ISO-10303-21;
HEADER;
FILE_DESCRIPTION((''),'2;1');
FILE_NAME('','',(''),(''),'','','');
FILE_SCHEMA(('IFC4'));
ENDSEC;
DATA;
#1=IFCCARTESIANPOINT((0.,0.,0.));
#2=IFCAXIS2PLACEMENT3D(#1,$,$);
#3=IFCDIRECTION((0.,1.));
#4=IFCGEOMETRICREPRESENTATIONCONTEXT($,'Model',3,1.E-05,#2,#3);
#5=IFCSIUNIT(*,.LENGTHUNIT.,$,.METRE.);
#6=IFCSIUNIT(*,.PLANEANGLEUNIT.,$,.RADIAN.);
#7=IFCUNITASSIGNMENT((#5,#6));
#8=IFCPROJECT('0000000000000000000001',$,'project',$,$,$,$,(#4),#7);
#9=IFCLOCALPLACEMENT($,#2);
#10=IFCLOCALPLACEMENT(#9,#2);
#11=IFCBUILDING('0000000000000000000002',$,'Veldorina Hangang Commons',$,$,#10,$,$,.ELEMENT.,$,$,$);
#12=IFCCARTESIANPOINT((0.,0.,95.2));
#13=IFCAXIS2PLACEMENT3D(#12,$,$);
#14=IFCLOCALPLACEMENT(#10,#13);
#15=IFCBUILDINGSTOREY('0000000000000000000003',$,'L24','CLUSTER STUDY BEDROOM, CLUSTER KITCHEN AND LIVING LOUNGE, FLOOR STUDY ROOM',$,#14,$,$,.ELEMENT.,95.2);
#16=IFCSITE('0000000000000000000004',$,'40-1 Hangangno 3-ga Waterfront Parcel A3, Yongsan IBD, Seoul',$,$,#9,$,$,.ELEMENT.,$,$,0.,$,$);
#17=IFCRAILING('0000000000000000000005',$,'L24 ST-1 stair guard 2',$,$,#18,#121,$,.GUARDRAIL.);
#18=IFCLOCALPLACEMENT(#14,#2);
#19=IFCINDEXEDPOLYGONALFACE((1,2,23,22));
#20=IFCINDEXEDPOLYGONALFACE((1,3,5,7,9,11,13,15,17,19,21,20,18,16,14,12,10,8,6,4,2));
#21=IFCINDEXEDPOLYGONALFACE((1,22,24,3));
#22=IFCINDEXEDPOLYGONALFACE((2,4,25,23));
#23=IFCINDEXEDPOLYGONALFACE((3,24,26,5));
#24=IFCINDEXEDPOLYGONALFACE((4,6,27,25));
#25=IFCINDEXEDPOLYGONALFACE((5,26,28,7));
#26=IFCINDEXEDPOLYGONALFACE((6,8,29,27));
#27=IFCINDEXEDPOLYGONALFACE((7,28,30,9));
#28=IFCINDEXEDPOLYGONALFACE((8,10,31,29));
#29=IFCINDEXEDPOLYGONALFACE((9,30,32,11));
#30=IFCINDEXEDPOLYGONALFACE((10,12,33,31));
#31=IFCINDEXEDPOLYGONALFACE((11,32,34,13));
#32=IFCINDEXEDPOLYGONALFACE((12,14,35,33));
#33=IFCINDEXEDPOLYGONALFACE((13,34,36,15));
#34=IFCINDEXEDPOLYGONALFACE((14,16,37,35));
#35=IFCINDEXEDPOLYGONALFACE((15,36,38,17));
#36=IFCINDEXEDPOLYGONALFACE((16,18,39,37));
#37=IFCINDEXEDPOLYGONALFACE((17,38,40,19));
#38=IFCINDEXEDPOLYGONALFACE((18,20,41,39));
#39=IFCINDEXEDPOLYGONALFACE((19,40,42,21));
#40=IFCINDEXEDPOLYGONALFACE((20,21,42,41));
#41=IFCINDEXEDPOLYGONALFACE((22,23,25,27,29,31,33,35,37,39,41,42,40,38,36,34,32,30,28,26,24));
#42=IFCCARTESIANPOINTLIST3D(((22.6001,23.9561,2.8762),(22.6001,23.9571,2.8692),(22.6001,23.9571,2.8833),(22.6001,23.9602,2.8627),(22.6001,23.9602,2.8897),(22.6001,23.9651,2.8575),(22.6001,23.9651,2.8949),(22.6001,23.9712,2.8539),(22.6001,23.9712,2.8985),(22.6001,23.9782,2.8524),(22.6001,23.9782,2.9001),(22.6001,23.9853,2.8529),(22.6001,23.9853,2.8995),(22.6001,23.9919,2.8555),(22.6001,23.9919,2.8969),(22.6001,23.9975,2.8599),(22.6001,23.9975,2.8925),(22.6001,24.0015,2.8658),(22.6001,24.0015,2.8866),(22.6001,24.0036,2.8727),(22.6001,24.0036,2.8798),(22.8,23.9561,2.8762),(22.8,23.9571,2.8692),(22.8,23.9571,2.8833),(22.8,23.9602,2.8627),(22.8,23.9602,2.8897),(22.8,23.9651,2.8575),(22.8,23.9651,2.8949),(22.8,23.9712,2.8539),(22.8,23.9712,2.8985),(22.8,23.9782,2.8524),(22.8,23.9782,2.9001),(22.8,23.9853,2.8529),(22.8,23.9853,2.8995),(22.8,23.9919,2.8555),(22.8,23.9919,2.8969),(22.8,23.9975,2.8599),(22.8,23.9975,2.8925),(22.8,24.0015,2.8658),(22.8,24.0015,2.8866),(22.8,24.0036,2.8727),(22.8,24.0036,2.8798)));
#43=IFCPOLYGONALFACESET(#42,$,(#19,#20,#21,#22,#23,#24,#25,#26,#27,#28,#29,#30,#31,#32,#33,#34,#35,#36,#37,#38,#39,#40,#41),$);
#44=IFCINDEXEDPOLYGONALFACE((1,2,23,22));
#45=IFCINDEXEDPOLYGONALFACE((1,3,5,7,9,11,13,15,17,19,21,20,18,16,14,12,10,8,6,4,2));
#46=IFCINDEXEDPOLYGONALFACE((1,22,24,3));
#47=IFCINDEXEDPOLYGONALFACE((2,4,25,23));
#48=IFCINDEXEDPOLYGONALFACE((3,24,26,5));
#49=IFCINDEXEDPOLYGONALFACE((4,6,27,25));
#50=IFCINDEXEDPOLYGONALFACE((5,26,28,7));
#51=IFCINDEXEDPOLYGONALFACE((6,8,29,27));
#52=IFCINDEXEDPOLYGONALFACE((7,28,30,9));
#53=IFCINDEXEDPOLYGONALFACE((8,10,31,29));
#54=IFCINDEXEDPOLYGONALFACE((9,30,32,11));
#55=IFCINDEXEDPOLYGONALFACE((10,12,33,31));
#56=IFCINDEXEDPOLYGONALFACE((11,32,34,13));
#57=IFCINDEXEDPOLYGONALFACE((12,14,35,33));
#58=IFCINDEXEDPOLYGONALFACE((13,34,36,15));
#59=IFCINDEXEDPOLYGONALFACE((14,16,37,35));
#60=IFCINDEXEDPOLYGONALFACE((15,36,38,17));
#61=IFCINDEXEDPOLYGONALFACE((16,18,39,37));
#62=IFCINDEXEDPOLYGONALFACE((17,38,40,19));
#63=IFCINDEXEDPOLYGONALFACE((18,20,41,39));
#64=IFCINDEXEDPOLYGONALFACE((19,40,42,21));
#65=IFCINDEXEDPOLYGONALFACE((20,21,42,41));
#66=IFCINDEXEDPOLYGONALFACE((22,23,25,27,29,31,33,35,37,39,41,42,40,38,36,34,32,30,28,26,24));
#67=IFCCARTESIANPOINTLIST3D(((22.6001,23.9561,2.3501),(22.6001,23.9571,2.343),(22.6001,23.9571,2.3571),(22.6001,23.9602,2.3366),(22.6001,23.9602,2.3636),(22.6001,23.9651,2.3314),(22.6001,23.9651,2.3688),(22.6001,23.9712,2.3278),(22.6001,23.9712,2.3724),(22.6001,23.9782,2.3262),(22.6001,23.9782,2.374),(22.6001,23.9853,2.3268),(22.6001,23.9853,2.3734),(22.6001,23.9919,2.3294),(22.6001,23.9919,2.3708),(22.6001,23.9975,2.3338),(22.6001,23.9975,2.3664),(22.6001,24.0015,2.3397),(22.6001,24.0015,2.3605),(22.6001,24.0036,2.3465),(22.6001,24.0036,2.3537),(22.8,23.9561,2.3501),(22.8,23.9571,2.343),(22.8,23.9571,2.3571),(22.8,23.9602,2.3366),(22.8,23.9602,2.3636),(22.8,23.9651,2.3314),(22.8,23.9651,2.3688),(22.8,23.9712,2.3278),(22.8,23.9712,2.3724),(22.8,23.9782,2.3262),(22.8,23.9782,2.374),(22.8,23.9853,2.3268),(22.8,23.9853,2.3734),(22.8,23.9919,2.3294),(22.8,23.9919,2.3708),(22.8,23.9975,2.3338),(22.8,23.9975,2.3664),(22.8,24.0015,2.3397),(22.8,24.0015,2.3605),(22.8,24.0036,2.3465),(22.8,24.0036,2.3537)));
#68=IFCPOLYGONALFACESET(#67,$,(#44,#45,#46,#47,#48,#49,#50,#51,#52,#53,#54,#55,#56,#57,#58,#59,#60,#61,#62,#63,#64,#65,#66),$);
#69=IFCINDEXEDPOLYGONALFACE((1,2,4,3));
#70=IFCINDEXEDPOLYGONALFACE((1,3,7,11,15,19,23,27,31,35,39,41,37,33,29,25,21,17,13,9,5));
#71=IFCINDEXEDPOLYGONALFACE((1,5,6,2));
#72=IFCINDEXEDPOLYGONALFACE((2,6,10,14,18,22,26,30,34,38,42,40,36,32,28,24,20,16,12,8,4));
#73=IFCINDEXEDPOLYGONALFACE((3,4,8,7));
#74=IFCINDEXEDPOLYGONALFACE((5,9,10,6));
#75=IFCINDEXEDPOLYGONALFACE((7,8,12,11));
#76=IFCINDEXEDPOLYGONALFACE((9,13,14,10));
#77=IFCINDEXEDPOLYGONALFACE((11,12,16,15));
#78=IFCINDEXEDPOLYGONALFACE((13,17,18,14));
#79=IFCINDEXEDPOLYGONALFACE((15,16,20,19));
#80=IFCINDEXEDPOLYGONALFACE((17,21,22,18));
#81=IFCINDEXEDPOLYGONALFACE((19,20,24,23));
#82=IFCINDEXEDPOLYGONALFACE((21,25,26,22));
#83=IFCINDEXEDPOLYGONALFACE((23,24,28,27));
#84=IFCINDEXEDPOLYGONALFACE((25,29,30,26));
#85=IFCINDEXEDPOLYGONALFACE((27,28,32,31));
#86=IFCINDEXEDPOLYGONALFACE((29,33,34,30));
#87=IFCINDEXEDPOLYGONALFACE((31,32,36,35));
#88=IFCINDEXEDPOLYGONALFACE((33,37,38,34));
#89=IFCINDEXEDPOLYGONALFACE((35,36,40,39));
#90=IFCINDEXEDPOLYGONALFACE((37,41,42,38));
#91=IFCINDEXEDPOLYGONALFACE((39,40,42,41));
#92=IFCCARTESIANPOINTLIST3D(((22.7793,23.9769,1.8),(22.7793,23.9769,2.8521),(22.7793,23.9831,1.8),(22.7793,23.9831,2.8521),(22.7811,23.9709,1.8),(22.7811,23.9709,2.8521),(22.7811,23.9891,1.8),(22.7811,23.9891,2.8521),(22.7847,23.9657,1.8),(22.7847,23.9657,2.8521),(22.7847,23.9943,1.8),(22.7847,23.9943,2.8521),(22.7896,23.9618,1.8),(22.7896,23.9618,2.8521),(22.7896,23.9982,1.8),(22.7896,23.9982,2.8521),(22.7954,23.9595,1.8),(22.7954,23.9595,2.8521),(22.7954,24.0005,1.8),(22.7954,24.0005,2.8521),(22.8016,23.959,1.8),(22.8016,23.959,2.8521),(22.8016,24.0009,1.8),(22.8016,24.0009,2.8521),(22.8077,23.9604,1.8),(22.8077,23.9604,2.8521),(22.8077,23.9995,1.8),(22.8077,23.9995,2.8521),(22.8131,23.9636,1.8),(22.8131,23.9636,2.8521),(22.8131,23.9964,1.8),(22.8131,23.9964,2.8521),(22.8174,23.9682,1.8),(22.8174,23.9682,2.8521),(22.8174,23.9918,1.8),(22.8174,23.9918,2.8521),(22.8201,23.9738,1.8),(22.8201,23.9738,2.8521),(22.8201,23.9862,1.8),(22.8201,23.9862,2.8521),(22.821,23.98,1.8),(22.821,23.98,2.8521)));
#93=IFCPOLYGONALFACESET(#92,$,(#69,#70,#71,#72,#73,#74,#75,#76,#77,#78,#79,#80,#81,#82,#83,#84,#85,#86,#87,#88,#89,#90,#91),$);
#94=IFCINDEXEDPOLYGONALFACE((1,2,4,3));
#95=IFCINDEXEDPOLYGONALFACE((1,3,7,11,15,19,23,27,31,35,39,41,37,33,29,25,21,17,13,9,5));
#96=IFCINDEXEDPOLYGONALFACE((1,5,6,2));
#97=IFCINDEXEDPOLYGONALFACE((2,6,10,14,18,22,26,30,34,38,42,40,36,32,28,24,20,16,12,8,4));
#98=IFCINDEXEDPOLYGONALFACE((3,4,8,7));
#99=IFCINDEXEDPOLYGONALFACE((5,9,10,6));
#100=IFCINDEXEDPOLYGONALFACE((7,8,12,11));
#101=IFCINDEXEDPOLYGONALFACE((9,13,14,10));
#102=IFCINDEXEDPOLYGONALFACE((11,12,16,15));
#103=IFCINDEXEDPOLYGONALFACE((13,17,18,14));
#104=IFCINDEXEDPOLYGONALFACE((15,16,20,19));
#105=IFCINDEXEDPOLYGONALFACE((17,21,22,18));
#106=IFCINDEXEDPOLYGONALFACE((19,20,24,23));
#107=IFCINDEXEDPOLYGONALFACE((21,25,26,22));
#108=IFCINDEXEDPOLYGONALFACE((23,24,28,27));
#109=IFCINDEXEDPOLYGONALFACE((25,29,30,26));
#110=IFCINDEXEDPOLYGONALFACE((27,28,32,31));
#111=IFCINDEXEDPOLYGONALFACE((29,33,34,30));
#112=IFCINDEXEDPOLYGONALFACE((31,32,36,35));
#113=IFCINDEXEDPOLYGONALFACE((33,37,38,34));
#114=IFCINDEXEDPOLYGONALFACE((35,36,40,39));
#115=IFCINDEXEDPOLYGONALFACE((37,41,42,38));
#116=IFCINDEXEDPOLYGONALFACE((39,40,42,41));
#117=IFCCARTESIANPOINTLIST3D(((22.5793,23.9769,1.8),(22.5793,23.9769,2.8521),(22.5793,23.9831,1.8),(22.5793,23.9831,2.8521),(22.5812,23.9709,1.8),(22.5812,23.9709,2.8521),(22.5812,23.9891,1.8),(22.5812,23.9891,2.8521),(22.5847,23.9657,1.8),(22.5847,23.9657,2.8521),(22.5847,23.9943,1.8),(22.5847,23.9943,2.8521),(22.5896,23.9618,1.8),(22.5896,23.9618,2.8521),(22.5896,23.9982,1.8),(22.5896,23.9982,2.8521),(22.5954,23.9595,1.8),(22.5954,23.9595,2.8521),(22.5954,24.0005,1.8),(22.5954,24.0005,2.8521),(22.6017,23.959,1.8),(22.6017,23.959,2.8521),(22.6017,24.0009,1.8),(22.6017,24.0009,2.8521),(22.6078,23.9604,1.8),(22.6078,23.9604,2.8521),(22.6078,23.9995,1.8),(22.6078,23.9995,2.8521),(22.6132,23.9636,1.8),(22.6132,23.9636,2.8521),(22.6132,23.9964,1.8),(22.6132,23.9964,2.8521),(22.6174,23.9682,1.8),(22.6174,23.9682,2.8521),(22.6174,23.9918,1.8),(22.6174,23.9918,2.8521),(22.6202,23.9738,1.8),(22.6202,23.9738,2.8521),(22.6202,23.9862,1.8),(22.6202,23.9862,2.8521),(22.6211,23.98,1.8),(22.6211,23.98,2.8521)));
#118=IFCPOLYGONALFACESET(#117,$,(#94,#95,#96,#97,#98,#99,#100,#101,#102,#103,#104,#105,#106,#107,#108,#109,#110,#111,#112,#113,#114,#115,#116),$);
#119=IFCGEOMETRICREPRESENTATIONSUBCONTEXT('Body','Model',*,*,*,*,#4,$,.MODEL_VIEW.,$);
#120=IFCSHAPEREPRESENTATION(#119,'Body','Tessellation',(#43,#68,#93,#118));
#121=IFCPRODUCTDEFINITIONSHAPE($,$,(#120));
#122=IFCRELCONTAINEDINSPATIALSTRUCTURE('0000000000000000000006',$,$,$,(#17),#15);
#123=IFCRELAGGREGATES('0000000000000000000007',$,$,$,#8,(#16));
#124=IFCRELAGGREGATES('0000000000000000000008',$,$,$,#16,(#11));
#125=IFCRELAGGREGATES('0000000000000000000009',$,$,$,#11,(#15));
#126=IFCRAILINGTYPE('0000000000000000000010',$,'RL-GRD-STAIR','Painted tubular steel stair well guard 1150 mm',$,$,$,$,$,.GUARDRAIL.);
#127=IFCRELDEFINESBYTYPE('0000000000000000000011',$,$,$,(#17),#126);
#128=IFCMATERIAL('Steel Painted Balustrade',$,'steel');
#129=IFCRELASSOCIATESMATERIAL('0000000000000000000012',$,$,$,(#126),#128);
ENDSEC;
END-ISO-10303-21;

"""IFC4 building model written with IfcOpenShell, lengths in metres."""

from ifc_helpers import new_model, si_unit, direction, frame, origin, origin_2d, place, context, subcontext, project, spatial, circle, extrude, material, type_object, element, save


model = new_model("IFC4")

# Units and contexts
model_context = context("Model", 3, precision=1e-05, world=origin(), true_north=direction((0.0, 1.0)))
body_context = subcontext(model_context, "Body", "Model", "MODEL_VIEW")
ifc_project = project(units=[si_unit("LENGTHUNIT", "METRE"), si_unit("PLANEANGLEUNIT", "RADIAN")], contexts=[model_context])

# Site, building, storey
site_placement = place(None, origin())
site = spatial("IfcSite", under=ifc_project, at=site_placement, Name="40-1 Hangangno 3-ga Waterfront Parcel A3, Yongsan IBD, Seoul", CompositionType="ELEMENT", RefElevation=0.0)
building_placement = place(site_placement, origin())
building = spatial("IfcBuilding", under=site, at=building_placement, Name="Veldorina Hangang Commons", CompositionType="ELEMENT")
storey_placement = place(building_placement, frame((0.0, 0.0, 95.2)))
storey = spatial("IfcBuildingStorey", under=building, at=storey_placement, Name="L24", Description="CLUSTER STUDY BEDROOM, CLUSTER KITCHEN AND LIVING LOUNGE, FLOOR STUDY ROOM", CompositionType="ELEMENT", Elevation=95.2)

# Railing
ifc_material_1 = material(Name="Steel Painted Balustrade", Category="steel")
railing_type_1 = type_object("IfcRailingType", Name="RL-GRD-STAIR", Description="Painted tubular steel stair well guard 1150 mm", PredefinedType="GUARDRAIL", material=ifc_material_1)
railing_1_placement = place(storey_placement, frame((22.8, 23.98, 1.8)))
element("IfcRailing", 1, at=railing_1_placement, inside=storey, type_object=railing_type_1, Name="L24 ST-1 stair guard 2", PredefinedType="GUARDRAIL", context=body_context, shape_type="SweptSolid", body=[
    extrude(circle(Radius=0.0239, at=origin_2d()), frame((0.0, 0.0, 1.0762), z_axis=(-1.0, 0.0, 0.0), x_axis=(0.0, -1.0, 0.0)), (0.0, 0.0, 1.0), 0.2),
    extrude(circle(Radius=0.0239, at=origin_2d()), frame((0.0, 0.0, 0.55), z_axis=(-1.0, 0.0, 0.0), x_axis=(0.0, -1.0, 0.0)), (0.0, 0.0, 1.0), 0.2),
    extrude(circle(Radius=0.021, at=origin_2d()), origin(), (0.0, 0.0, 1.0), 1.052),
    extrude(circle(Radius=0.021, at=origin_2d()), frame((-0.2, 0.0, 0.0)), (0.0, 0.0, 1.0), 1.052),
])

save(model, "model.ifc")
